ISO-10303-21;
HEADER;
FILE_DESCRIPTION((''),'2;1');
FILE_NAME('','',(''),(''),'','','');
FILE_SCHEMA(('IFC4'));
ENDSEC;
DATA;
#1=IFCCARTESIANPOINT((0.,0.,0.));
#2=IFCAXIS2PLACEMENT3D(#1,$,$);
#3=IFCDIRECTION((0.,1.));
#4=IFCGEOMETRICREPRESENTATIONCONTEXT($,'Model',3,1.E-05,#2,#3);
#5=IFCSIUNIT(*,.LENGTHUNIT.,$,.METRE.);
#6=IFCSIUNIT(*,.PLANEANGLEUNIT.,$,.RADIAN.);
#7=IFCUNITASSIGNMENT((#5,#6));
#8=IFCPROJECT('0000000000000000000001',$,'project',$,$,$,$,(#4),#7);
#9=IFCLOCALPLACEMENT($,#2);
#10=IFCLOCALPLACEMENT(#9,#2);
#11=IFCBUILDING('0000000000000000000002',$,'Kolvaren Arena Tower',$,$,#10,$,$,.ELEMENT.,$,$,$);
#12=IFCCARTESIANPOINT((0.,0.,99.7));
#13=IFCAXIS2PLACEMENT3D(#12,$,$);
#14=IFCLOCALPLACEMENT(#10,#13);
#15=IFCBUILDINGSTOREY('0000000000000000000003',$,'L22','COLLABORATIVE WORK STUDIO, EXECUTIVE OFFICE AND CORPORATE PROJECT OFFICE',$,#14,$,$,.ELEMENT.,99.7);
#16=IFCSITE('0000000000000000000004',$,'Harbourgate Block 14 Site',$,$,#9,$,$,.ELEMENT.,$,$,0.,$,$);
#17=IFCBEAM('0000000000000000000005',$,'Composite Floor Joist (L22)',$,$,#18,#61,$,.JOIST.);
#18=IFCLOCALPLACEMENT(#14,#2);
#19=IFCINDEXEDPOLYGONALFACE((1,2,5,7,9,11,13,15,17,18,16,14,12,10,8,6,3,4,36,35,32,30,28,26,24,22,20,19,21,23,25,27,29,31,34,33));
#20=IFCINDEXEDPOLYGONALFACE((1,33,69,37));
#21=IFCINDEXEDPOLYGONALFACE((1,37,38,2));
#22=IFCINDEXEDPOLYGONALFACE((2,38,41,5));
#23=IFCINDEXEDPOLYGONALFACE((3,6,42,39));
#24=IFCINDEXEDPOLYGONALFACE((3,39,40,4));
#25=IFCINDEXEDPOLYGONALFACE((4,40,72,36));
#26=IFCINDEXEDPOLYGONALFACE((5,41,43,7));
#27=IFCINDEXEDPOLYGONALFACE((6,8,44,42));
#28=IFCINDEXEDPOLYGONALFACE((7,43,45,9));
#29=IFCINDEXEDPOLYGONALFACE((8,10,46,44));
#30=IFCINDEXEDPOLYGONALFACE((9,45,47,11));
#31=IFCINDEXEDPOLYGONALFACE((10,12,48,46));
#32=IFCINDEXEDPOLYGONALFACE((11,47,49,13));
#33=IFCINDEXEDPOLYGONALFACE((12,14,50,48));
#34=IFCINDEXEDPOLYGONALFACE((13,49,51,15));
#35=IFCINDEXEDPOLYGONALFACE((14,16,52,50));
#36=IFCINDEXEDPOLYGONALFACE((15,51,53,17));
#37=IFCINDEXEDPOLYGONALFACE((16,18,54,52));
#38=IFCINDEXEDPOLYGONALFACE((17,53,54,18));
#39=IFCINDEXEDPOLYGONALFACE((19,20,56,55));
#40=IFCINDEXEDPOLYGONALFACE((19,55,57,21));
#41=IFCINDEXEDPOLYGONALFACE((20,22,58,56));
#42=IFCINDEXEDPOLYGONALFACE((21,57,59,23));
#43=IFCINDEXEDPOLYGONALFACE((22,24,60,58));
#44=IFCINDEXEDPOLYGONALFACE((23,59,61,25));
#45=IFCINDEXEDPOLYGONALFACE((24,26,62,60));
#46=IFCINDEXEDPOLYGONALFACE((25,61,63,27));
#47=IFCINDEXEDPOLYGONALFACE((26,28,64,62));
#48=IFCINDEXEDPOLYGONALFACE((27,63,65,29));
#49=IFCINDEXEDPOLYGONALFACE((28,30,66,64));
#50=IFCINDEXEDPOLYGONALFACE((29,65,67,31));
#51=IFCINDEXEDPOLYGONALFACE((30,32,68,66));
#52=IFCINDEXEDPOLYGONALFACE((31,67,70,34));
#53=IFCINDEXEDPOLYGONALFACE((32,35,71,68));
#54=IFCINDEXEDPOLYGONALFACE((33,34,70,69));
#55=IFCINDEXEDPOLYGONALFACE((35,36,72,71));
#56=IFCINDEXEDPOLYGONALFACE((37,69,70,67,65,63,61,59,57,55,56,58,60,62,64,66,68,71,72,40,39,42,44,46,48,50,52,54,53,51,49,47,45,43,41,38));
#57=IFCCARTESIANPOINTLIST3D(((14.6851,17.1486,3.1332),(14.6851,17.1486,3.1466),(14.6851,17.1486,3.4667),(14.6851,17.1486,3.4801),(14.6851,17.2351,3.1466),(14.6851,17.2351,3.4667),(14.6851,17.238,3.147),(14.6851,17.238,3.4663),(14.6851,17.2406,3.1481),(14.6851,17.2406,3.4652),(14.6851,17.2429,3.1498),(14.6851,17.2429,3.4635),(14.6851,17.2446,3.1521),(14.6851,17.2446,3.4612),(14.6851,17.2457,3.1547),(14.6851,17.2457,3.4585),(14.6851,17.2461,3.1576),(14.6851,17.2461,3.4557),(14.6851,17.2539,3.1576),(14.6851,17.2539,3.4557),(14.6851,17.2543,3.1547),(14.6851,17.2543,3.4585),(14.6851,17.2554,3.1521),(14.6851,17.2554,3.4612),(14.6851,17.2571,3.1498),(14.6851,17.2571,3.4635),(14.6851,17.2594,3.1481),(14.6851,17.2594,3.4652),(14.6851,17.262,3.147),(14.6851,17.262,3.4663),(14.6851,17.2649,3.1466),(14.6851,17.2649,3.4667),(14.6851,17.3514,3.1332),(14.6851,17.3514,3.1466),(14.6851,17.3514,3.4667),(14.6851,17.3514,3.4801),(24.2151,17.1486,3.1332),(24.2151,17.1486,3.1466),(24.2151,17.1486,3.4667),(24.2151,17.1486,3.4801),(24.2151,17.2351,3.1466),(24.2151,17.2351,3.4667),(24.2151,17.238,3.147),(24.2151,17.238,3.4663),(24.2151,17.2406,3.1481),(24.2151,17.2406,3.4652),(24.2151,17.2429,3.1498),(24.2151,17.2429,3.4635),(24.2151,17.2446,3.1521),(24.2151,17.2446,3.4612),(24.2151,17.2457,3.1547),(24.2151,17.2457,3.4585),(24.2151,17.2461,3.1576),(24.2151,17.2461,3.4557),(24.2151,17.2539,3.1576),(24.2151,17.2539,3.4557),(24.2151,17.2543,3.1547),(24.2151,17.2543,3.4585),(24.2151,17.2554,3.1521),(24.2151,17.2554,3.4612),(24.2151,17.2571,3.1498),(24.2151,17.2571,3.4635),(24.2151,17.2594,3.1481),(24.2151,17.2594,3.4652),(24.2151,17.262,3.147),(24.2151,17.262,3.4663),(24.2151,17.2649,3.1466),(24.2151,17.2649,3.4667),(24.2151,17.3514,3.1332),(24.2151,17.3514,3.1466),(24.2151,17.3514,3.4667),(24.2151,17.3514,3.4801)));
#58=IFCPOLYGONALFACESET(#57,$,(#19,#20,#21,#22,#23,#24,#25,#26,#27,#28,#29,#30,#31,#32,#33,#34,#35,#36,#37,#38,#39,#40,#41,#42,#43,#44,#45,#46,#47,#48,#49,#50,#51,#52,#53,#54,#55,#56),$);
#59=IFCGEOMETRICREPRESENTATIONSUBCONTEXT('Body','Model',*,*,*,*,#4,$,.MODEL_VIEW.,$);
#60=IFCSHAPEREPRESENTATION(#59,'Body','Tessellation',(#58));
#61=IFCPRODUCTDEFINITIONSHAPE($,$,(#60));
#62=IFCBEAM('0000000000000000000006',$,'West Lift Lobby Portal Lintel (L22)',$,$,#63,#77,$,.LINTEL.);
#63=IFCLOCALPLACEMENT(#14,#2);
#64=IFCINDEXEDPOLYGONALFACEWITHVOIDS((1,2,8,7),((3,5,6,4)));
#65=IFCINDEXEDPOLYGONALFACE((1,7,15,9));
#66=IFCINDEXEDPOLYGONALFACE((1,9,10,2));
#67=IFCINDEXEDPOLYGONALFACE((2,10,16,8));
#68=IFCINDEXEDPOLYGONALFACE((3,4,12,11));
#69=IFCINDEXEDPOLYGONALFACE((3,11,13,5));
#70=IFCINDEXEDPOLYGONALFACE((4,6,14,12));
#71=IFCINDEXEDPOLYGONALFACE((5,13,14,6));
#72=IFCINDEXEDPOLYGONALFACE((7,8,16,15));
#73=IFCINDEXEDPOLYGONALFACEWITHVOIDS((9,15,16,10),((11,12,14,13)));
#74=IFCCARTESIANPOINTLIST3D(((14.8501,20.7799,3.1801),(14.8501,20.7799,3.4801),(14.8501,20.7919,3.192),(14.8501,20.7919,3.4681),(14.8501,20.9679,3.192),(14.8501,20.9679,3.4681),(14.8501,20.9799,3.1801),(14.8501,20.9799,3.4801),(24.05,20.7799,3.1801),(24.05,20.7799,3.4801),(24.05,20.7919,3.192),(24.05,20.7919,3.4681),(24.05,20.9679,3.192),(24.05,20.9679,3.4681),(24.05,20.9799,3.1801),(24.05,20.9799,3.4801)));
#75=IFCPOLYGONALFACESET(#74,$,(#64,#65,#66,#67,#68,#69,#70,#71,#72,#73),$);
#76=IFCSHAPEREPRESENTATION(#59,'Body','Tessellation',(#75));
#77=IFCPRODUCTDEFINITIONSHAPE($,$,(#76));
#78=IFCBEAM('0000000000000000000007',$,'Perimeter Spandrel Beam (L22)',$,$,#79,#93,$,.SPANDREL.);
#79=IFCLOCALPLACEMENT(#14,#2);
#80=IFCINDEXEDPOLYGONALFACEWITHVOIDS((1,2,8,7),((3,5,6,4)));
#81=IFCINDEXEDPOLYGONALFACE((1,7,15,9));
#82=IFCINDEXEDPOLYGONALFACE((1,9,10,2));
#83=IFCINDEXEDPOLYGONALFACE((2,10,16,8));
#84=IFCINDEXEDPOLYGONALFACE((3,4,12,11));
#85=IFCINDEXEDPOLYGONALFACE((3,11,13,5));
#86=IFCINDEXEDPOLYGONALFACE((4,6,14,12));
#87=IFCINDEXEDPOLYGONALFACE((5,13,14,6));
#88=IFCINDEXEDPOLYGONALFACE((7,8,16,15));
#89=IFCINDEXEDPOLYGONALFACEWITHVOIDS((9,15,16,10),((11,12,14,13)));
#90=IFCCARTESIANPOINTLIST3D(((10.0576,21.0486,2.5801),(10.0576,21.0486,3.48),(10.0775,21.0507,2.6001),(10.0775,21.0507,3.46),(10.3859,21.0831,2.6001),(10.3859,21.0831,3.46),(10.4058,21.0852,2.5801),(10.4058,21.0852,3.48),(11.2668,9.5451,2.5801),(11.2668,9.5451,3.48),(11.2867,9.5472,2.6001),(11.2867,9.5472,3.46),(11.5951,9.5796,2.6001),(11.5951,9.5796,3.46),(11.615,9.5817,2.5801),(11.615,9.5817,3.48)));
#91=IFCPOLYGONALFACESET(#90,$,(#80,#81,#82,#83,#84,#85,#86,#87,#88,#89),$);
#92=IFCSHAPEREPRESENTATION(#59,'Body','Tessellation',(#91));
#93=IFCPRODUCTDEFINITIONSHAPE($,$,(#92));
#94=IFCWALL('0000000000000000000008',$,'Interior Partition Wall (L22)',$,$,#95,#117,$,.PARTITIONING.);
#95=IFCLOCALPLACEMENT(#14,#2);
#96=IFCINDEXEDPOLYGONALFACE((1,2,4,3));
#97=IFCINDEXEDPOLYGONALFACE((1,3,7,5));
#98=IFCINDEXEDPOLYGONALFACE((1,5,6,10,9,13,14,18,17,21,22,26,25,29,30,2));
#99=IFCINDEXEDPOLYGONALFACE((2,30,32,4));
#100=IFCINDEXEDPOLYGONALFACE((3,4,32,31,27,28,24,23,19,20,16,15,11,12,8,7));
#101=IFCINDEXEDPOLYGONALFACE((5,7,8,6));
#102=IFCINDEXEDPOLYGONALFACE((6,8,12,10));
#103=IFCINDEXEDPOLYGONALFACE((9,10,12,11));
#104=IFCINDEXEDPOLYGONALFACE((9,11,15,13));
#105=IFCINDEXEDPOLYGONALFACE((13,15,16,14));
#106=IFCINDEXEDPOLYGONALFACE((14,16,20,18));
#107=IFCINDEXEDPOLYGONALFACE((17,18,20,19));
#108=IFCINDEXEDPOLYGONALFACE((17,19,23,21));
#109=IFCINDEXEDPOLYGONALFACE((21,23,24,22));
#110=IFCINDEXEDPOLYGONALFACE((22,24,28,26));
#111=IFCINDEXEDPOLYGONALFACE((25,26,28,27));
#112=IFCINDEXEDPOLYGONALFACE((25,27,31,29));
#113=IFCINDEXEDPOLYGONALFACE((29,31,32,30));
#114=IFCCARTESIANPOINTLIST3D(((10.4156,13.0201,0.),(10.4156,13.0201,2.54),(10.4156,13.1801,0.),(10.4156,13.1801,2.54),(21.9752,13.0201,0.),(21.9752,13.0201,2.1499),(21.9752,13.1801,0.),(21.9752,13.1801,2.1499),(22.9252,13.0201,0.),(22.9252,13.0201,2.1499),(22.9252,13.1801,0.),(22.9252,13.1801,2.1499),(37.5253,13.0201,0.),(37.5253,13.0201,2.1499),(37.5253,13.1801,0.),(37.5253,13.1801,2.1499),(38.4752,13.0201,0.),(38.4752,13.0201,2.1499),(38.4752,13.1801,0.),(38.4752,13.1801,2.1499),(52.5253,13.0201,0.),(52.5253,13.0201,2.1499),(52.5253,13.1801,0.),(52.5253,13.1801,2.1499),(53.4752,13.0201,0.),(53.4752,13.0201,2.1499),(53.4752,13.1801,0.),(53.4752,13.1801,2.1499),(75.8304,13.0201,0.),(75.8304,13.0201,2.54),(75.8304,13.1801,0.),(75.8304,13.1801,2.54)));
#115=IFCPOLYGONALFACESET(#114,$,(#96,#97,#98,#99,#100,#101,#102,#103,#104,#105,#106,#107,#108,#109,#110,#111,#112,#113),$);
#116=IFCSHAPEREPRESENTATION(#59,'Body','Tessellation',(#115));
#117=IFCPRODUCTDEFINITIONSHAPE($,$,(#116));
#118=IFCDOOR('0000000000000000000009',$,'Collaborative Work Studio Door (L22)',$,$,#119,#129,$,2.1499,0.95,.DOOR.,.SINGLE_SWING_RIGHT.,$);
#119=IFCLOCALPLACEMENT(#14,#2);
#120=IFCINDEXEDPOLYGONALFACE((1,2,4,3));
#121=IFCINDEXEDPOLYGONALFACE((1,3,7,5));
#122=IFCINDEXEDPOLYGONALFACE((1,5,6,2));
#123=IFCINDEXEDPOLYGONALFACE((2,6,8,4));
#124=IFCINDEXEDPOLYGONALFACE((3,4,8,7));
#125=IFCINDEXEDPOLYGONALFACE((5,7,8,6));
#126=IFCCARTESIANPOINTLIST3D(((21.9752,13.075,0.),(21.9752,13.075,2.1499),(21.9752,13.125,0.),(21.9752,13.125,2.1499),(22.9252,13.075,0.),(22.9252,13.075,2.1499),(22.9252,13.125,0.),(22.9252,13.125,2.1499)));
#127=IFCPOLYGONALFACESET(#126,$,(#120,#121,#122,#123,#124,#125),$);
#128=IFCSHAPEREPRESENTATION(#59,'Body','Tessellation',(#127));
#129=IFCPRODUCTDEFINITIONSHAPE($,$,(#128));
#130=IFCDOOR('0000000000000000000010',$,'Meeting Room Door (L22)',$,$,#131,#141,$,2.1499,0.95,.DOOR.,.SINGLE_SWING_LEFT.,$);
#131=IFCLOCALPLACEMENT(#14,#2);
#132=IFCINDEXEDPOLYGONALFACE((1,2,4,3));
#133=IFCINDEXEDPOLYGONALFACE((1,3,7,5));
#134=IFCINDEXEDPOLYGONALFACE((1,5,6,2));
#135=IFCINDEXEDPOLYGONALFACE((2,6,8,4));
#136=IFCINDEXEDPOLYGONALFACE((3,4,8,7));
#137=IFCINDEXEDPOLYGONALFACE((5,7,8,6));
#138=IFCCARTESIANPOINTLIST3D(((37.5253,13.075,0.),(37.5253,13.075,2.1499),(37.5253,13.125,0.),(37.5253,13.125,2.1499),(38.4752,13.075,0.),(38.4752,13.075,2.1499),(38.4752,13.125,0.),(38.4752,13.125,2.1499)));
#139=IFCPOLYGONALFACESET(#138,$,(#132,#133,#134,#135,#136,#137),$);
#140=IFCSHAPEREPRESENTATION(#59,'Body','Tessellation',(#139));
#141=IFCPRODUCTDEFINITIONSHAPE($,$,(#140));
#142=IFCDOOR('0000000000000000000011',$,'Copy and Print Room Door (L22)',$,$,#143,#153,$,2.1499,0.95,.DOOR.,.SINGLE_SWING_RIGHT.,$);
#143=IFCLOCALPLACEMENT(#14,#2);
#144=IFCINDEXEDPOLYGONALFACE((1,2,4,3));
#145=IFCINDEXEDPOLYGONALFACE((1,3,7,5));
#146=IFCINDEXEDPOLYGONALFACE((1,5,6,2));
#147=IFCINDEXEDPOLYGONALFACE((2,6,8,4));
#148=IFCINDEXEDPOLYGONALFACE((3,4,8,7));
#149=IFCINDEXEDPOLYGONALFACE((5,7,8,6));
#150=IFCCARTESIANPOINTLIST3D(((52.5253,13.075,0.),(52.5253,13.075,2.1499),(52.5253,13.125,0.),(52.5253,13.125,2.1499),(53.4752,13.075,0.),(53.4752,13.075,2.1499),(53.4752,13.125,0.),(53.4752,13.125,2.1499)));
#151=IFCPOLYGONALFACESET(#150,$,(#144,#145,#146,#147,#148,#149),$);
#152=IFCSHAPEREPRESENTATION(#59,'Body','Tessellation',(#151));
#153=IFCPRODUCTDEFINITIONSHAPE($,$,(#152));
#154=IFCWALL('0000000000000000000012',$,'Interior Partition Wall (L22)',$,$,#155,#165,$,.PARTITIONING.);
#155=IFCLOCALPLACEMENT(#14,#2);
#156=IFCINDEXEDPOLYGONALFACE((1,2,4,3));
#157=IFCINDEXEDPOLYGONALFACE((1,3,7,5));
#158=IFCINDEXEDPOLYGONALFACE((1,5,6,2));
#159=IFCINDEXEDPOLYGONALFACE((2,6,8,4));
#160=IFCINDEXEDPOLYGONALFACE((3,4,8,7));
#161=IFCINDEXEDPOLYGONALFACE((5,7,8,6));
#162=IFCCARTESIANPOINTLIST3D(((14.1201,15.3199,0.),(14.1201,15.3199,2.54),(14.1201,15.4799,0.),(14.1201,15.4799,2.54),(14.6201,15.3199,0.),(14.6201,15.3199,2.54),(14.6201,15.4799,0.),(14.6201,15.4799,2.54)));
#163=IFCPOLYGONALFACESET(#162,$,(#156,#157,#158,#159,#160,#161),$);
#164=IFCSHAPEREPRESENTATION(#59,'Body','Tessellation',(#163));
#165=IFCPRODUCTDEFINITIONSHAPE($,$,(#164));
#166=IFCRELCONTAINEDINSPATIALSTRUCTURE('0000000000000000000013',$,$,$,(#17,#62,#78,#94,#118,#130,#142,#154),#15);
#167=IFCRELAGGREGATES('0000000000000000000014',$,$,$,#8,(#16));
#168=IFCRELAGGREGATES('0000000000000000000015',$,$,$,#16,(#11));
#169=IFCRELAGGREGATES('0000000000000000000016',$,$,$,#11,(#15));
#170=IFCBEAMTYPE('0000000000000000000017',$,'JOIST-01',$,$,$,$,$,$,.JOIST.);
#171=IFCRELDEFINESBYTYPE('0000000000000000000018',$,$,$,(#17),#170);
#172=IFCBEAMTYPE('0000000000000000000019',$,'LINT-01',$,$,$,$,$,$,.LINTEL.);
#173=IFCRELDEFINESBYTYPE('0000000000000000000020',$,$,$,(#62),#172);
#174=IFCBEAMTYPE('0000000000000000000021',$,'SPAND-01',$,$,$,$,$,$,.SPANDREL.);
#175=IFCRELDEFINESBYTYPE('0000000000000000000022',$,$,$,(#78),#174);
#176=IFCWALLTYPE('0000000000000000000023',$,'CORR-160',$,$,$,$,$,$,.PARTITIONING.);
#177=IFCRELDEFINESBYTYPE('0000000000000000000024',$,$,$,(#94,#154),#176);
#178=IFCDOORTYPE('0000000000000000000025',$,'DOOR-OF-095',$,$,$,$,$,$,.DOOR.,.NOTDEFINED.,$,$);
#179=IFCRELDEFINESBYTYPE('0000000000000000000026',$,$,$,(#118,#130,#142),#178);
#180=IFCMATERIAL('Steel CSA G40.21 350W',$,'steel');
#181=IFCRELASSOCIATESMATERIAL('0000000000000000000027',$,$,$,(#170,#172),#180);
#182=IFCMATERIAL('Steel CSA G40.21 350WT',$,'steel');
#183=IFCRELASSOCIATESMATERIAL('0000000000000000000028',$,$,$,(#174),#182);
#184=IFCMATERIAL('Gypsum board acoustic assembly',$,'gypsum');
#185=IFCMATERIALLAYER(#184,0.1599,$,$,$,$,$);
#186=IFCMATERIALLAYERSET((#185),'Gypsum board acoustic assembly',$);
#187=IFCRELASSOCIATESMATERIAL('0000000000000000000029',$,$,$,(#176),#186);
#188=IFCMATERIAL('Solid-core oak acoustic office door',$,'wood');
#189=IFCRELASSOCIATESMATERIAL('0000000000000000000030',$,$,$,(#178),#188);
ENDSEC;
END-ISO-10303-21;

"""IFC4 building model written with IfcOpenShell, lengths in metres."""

from ifc_helpers import new_model, si_unit, direction, frame, frame_2d, origin, origin_2d, place, context, subcontext, project, spatial, rectangle, hollow_rectangle, i_section, extrude, material, layer, layer_set, material_profile, profile_set, type_object, element, fill, save


model = new_model("IFC4")

# Units and contexts
model_context = context("Model", 3, precision=1e-05, world=origin(), true_north=direction((0.0, 1.0)))
body_context = subcontext(model_context, "Body", "Model", "MODEL_VIEW")
ifc_project = project(units=[si_unit("LENGTHUNIT", "METRE"), si_unit("PLANEANGLEUNIT", "RADIAN")], contexts=[model_context])

# Site, building, storey
site_placement = place(None, origin())
site = spatial("IfcSite", under=ifc_project, at=site_placement, Name="Harbourgate Block 14 Site", CompositionType="ELEMENT", RefElevation=0.0)
building_placement = place(site_placement, origin())
building = spatial("IfcBuilding", under=site, at=building_placement, Name="Kolvaren Arena Tower", CompositionType="ELEMENT")
storey_placement = place(building_placement, frame((0.0, 0.0, 99.7)))
storey = spatial("IfcBuildingStorey", under=building, at=storey_placement, Name="L22", Description="COLLABORATIVE WORK STUDIO, EXECUTIVE OFFICE AND CORPORATE PROJECT OFFICE", CompositionType="ELEMENT", Elevation=99.7)

# Beams
ifc_material_1 = material(Name="Steel CSA G40.21 350W", Category="steel")
ifc_material_profile_1 = material_profile(ifc_material_1, i_section(OverallWidth=0.2029, OverallDepth=0.3469, WebThickness=0.0078, FlangeThickness=0.0134, FilletRadius=0.011, at=origin_2d()), Name="W360x64")
ifc_profile_set_1 = profile_set([ifc_material_profile_1], Name="Steel CSA G40.21 350W")
beam_type_1 = type_object("IfcBeamType", Name="JOIST-01", PredefinedType="JOIST", material=ifc_profile_set_1)
beam_1_placement = place(storey_placement, frame((14.6851, 17.25, 3.3066), z_axis=(1.0, 0.0, 0.0), x_axis=(0.0, 1.0, 0.0)))
element("IfcBeam", 1, at=beam_1_placement, inside=storey, type_object=beam_type_1, Name="Composite Floor Joist (L22)", PredefinedType="JOIST", context=body_context, shape_type="SweptSolid", body=[
    extrude(i_section(OverallWidth=0.2029, OverallDepth=0.3469, WebThickness=0.0078, FlangeThickness=0.0134, FilletRadius=0.011, at=origin_2d()), origin(), (0.0, 0.0, 1.0), 9.53),
])
ifc_material_profile_2 = material_profile(ifc_material_1, hollow_rectangle(XDim=0.2, YDim=0.3, WallThickness=0.012, at=origin_2d()), Name="HSS 300x200x12")
ifc_profile_set_2 = profile_set([ifc_material_profile_2], Name="Steel CSA G40.21 350W")
beam_type_2 = type_object("IfcBeamType", Name="LINT-01", PredefinedType="LINTEL", material=ifc_profile_set_2)
beam_2_placement = place(storey_placement, frame((14.8501, 20.8799, 3.3301), z_axis=(1.0, 0.0, 0.0), x_axis=(0.0, 1.0, 0.0)))
element("IfcBeam", 2, at=beam_2_placement, inside=storey, type_object=beam_type_2, Name="West Lift Lobby Portal Lintel (L22)", PredefinedType="LINTEL", context=body_context, shape_type="SweptSolid", body=[
    extrude(hollow_rectangle(XDim=0.2, YDim=0.3, WallThickness=0.012, at=origin_2d()), origin(), (0.0, 0.0, 1.0), 9.2),
])
ifc_material_2 = material(Name="Steel CSA G40.21 350WT", Category="steel")
ifc_material_profile_3 = material_profile(ifc_material_2, hollow_rectangle(XDim=0.3501, YDim=0.8999, WallThickness=0.02, at=origin_2d()), Name="HSS 900x350x20")
ifc_profile_set_3 = profile_set([ifc_material_profile_3], Name="Steel CSA G40.21 350WT")
beam_type_3 = type_object("IfcBeamType", Name="SPAND-01", PredefinedType="SPANDREL", material=ifc_profile_set_3)
beam_3_placement = place(storey_placement, frame((10.2317, 21.0669, 3.03), z_axis=(0.104543, -0.99452, 0.0), x_axis=(0.99452, 0.104543, 0.0)))
element("IfcBeam", 3, at=beam_3_placement, inside=storey, type_object=beam_type_3, Name="Perimeter Spandrel Beam (L22)", PredefinedType="SPANDREL", context=body_context, shape_type="SweptSolid", body=[
    extrude(hollow_rectangle(XDim=0.3501, YDim=0.8999, WallThickness=0.02, at=origin_2d()), origin(), (0.0, 0.0, 1.0), 11.5669),
])

# Wall, openings, doors
ifc_material_3 = material(Name="Gypsum board acoustic assembly", Category="gypsum")
ifc_layer_1 = layer(ifc_material_3, 0.1599)
ifc_layer_set_1 = layer_set([ifc_layer_1], Name="Gypsum board acoustic assembly")
wall_type_1 = type_object("IfcWallType", Name="CORR-160", PredefinedType="PARTITIONING", material=ifc_layer_set_1)
wall_1_placement = place(storey_placement, frame((10.4155, 13.1001, 0.0), z_axis=(0.0, 0.0, 1.0), x_axis=(1.0, 0.0, 0.0)))
wall_1 = element("IfcWall", 4, at=wall_1_placement, inside=storey, type_object=wall_type_1, Name="Interior Partition Wall (L22)", PredefinedType="PARTITIONING", context=body_context, shape_type="SweptSolid", body=[
    extrude(rectangle(XDim=65.4148, YDim=0.1599, at=frame_2d((32.7075, 0.0))), origin(), (0.0, 0.0, 1.0), 2.54),
])
opening_1_placement = place(wall_1_placement, frame((11.5596, 0.0, 0.0)))
opening_1 = element("IfcOpeningElement", 5, at=opening_1_placement, cuts=wall_1, PredefinedType="OPENING", context=body_context, shape_type="SweptSolid", body=[
    extrude(rectangle(XDim=0.95, YDim=2.1499, at=frame_2d((0.4751, 1.075))), frame((0.0, 0.0898, 0.0), z_axis=(0.0, -1.0, 0.0), x_axis=(1.0, 0.0, 0.0)), (0.0, 0.0, 1.0), 0.1799),
])
opening_2_placement = place(wall_1_placement, frame((27.1096, 0.0, 0.0)))
opening_2 = element("IfcOpeningElement", 6, at=opening_2_placement, cuts=wall_1, PredefinedType="OPENING", context=body_context, shape_type="SweptSolid", body=[
    extrude(rectangle(XDim=0.95, YDim=2.1499, at=frame_2d((0.4751, 1.075))), frame((0.0, 0.0898, 0.0), z_axis=(0.0, -1.0, 0.0), x_axis=(1.0, 0.0, 0.0)), (0.0, 0.0, 1.0), 0.1799),
])
opening_3_placement = place(wall_1_placement, frame((42.1096, 0.0, 0.0)))
opening_3 = element("IfcOpeningElement", 7, at=opening_3_placement, cuts=wall_1, PredefinedType="OPENING", context=body_context, shape_type="SweptSolid", body=[
    extrude(rectangle(XDim=0.95, YDim=2.1499, at=frame_2d((0.4751, 1.075))), frame((0.0, 0.0898, 0.0), z_axis=(0.0, -1.0, 0.0), x_axis=(1.0, 0.0, 0.0)), (0.0, 0.0, 1.0), 0.1799),
])
ifc_material_4 = material(Name="Solid-core oak acoustic office door", Category="wood")
door_type_1 = type_object("IfcDoorType", Name="DOOR-OF-095", OperationType="NOTDEFINED", PredefinedType="DOOR", material=ifc_material_4)
door_1_placement = place(opening_1_placement, origin())
door_1 = element("IfcDoor", 8, at=door_1_placement, inside=storey, type_object=door_type_1, Name="Collaborative Work Studio Door (L22)", OperationType="SINGLE_SWING_RIGHT", OverallHeight=2.1499, OverallWidth=0.95, PredefinedType="DOOR", context=body_context, shape_type="SweptSolid", body=[
    extrude(rectangle(XDim=0.95, YDim=2.1499, at=frame_2d((0.4751, 1.075))), frame((0.0, 0.0249, 0.0), z_axis=(0.0, -1.0, 0.0), x_axis=(1.0, 0.0, 0.0)), (0.0, 0.0, 1.0), 0.05),
])
fill(opening_1, door_1)
door_2_placement = place(opening_2_placement, origin())
door_2 = element("IfcDoor", 9, at=door_2_placement, inside=storey, type_object=door_type_1, Name="Meeting Room Door (L22)", OperationType="SINGLE_SWING_LEFT", OverallHeight=2.1499, OverallWidth=0.95, PredefinedType="DOOR", context=body_context, shape_type="SweptSolid", body=[
    extrude(rectangle(XDim=0.95, YDim=2.1499, at=frame_2d((0.4751, 1.075))), frame((0.0, 0.0249, 0.0), z_axis=(0.0, -1.0, 0.0), x_axis=(1.0, 0.0, 0.0)), (0.0, 0.0, 1.0), 0.05),
])
fill(opening_2, door_2)
door_3_placement = place(opening_3_placement, origin())
door_3 = element("IfcDoor", 10, at=door_3_placement, inside=storey, type_object=door_type_1, Name="Copy and Print Room Door (L22)", OperationType="SINGLE_SWING_RIGHT", OverallHeight=2.1499, OverallWidth=0.95, PredefinedType="DOOR", context=body_context, shape_type="SweptSolid", body=[
    extrude(rectangle(XDim=0.95, YDim=2.1499, at=frame_2d((0.4751, 1.075))), frame((0.0, 0.0249, 0.0), z_axis=(0.0, -1.0, 0.0), x_axis=(1.0, 0.0, 0.0)), (0.0, 0.0, 1.0), 0.05),
])
fill(opening_3, door_3)

# Wall
wall_2_placement = place(storey_placement, frame((14.1201, 15.3999, 0.0), z_axis=(0.0, 0.0, 1.0), x_axis=(1.0, 0.0, 0.0)))
element("IfcWall", 11, at=wall_2_placement, inside=storey, type_object=wall_type_1, Name="Interior Partition Wall (L22)", PredefinedType="PARTITIONING", context=body_context, shape_type="SweptSolid", body=[
    extrude(rectangle(XDim=0.5, YDim=0.1599, at=frame_2d((0.25, 0.0))), origin(), (0.0, 0.0, 1.0), 2.54),
])

save(model, "model.ifc")
